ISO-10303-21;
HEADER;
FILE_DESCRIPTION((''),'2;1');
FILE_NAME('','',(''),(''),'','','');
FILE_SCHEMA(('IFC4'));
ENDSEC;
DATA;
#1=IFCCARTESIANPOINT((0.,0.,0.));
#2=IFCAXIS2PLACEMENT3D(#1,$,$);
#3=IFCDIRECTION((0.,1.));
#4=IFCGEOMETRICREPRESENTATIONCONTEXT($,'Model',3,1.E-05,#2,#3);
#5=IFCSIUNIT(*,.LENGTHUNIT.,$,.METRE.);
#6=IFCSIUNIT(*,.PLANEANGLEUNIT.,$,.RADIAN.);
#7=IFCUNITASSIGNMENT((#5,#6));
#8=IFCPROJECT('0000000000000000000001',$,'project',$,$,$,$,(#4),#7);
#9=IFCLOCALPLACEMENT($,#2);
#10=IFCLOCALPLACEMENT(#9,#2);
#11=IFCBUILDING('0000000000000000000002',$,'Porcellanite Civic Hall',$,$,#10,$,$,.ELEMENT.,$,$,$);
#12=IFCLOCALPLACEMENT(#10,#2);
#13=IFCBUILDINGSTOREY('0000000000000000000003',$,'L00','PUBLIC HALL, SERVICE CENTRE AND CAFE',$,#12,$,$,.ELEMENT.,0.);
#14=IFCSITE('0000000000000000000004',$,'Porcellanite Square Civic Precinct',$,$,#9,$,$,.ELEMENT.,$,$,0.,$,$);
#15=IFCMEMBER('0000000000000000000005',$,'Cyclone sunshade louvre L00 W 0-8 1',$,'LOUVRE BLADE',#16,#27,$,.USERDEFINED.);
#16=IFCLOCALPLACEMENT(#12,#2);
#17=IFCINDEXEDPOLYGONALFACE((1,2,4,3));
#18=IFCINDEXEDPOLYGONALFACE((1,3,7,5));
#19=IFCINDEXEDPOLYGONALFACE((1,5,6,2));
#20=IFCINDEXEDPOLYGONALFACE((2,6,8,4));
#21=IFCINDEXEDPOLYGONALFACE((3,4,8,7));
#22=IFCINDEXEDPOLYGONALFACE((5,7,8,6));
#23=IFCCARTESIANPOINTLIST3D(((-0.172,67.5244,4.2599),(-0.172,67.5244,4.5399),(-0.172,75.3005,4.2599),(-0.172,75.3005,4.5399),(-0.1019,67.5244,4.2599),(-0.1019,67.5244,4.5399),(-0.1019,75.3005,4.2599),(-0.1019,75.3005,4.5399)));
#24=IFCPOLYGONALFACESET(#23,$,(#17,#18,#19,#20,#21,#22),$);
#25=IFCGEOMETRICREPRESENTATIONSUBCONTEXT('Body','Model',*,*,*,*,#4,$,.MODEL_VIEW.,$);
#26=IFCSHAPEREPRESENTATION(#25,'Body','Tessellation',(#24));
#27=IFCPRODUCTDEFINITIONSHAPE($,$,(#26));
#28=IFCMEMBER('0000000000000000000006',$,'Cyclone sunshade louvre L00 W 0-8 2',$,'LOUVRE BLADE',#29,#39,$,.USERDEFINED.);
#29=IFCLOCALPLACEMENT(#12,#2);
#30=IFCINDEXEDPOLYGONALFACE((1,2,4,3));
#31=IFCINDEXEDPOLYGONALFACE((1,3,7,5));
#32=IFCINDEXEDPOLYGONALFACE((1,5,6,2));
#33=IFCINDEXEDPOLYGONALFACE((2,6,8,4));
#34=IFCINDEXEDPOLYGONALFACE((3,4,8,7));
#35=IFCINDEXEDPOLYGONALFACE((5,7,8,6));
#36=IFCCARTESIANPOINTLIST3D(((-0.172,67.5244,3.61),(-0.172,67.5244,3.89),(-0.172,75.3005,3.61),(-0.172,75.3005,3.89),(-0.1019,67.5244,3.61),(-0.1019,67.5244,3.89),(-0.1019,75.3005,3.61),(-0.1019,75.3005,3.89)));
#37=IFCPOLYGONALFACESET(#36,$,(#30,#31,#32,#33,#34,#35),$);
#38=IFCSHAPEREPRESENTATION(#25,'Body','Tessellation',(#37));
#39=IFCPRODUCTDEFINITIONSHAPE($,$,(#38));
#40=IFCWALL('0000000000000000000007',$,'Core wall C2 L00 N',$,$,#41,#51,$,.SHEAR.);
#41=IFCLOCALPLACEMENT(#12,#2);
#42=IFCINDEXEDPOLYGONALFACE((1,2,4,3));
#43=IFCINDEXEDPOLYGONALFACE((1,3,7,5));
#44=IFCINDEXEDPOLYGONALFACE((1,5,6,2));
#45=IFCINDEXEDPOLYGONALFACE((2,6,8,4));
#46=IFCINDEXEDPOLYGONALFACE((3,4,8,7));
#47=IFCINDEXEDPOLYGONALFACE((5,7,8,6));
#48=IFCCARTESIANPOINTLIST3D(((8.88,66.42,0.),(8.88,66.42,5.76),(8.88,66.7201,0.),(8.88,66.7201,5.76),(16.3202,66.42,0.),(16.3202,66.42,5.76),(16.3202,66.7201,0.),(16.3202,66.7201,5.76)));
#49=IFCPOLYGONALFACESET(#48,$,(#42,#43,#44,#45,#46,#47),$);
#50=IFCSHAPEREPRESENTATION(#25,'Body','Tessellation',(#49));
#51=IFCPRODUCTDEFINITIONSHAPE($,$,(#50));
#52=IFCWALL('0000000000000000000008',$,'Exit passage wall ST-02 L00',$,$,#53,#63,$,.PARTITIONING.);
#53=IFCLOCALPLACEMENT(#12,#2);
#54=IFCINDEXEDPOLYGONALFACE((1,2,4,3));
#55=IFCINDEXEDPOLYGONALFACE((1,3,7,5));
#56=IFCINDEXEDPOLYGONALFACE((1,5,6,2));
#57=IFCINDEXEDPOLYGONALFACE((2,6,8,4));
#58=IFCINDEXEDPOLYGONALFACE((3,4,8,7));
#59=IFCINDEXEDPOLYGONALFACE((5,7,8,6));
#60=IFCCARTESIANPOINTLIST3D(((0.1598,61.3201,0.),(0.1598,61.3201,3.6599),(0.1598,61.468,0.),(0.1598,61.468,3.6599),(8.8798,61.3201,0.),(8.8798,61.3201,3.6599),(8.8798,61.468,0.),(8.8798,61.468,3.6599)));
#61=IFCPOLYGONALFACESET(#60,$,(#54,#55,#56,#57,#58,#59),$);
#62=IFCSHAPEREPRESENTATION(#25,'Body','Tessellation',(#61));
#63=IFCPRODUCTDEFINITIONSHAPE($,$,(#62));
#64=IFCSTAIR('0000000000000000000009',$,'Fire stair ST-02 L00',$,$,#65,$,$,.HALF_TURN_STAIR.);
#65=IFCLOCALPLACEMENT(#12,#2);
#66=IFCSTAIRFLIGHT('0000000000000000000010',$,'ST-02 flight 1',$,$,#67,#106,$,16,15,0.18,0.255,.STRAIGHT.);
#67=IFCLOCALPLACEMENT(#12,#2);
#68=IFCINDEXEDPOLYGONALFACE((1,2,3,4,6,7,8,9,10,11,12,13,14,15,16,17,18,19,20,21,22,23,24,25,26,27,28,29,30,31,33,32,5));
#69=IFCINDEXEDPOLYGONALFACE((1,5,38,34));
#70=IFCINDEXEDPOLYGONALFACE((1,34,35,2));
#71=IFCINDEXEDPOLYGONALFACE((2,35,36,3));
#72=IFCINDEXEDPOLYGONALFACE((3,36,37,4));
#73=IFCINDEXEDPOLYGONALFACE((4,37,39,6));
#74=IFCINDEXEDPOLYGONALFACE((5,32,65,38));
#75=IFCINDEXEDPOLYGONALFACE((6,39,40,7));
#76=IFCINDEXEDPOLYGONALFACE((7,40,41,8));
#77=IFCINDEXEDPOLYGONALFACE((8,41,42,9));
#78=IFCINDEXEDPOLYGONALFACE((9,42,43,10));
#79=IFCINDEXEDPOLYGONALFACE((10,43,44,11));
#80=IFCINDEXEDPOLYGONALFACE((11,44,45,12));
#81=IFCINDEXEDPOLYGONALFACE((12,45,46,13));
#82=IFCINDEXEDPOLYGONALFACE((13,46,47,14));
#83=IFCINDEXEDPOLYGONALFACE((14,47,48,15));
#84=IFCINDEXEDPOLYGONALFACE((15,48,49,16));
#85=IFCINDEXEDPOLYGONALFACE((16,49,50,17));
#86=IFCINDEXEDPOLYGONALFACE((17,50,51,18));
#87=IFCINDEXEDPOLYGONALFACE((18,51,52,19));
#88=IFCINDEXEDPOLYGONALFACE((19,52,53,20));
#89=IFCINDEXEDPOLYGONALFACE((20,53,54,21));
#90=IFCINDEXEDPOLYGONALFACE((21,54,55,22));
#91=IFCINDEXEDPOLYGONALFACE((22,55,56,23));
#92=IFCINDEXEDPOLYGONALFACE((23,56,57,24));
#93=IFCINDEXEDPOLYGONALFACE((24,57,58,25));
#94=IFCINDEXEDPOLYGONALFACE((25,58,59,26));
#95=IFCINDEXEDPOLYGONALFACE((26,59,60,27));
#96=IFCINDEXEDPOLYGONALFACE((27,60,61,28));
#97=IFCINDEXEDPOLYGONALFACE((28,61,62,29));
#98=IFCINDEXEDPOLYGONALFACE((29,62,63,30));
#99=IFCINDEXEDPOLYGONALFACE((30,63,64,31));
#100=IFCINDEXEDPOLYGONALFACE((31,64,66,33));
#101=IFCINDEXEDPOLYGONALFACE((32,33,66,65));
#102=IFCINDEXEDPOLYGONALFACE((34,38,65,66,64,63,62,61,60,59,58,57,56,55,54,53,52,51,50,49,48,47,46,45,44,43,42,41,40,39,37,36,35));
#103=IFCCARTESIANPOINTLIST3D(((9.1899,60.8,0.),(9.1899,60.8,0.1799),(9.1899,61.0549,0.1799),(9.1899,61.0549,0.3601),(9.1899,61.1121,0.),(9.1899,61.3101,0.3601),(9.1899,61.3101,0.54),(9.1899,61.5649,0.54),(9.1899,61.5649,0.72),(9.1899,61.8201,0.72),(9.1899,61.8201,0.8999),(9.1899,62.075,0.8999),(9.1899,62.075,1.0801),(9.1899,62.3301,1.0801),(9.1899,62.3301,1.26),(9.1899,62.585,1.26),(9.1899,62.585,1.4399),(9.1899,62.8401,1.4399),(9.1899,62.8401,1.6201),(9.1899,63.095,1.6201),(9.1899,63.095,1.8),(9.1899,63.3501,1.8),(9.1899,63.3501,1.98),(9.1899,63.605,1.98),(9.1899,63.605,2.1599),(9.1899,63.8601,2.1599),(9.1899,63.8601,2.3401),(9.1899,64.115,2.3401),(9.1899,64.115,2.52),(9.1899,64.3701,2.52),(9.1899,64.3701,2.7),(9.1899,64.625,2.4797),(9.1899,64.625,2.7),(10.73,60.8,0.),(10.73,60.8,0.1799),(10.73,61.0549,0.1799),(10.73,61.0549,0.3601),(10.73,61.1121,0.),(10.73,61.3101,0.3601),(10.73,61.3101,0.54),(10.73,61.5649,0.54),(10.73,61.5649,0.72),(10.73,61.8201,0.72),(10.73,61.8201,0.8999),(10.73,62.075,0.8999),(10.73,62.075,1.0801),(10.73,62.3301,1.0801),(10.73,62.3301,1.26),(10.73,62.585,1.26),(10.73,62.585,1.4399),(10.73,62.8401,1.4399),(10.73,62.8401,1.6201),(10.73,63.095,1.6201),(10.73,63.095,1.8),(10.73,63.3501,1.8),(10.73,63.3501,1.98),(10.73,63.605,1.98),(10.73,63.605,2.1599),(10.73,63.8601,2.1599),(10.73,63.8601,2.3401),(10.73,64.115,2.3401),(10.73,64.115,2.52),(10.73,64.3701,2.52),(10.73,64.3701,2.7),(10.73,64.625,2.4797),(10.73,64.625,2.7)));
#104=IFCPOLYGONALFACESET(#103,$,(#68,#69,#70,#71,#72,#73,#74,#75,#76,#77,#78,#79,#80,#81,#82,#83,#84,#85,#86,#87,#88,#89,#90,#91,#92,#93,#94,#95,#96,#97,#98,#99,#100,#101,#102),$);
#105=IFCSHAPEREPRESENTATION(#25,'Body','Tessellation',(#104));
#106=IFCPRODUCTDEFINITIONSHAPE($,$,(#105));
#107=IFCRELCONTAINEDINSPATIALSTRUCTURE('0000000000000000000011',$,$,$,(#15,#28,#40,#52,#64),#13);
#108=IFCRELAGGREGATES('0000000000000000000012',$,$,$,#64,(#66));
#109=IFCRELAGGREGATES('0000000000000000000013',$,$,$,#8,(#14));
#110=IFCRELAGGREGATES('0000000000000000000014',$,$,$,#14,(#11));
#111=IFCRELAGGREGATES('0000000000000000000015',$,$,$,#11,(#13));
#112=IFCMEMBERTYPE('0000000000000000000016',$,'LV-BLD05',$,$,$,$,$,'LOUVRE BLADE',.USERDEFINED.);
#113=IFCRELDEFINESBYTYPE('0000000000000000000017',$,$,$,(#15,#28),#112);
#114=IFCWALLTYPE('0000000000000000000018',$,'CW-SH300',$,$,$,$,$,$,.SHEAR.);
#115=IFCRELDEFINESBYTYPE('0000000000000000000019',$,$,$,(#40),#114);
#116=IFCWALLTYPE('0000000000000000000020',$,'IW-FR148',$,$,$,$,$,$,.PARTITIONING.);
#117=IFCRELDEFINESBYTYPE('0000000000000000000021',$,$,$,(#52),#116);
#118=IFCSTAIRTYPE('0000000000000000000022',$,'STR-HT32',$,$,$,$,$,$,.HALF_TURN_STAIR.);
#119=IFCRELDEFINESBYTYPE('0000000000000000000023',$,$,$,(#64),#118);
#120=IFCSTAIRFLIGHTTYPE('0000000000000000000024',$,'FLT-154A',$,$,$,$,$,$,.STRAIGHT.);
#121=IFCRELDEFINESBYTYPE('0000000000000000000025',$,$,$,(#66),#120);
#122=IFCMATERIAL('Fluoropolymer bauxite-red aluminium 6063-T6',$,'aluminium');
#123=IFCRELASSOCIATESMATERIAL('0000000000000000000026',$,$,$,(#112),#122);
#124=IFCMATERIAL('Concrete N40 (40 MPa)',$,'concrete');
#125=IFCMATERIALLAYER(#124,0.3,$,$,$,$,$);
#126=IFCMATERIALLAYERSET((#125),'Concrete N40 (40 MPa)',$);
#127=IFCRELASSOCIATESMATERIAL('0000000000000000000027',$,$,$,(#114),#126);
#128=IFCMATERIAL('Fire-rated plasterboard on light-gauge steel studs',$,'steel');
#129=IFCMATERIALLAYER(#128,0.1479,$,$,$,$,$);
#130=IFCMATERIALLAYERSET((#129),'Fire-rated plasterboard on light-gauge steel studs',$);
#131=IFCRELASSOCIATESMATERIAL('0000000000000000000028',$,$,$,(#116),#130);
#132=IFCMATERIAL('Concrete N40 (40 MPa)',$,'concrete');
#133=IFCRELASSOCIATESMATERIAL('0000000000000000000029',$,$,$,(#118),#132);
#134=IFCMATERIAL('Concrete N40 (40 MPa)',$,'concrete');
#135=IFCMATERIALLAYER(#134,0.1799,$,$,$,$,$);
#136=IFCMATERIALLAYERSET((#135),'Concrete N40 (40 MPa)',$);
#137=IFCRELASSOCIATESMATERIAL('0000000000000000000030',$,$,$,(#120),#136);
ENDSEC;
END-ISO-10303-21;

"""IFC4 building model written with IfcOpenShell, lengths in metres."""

from ifc_helpers import new_model, si_unit, direction, frame, frame_2d, origin, origin_2d, place, context, subcontext, project, spatial, polyline, rectangle, outline, extrude, material, layer, layer_set, material_profile, profile_set, type_object, element, aggregate, save


model = new_model("IFC4")

# Units and contexts
model_context = context("Model", 3, precision=1e-05, world=origin(), true_north=direction((0.0, 1.0)))
body_context = subcontext(model_context, "Body", "Model", "MODEL_VIEW")
ifc_project = project(units=[si_unit("LENGTHUNIT", "METRE"), si_unit("PLANEANGLEUNIT", "RADIAN")], contexts=[model_context])

# Site, building, storey
site_placement = place(None, origin())
site = spatial("IfcSite", under=ifc_project, at=site_placement, Name="Porcellanite Square Civic Precinct", CompositionType="ELEMENT", RefElevation=0.0)
building_placement = place(site_placement, origin())
building = spatial("IfcBuilding", under=site, at=building_placement, Name="Porcellanite Civic Hall", CompositionType="ELEMENT")
storey_placement = place(building_placement, origin())
storey = spatial("IfcBuildingStorey", under=building, at=storey_placement, Name="L00", Description="PUBLIC HALL, SERVICE CENTRE AND CAFE", CompositionType="ELEMENT", Elevation=0.0)

# Members
ifc_material_1 = material(Name="Fluoropolymer bauxite-red aluminium 6063-T6", Category="aluminium")
ifc_material_profile_1 = material_profile(ifc_material_1, rectangle(XDim=0.0701, YDim=0.28, at=origin_2d()), Name="AL-70x280")
ifc_profile_set_1 = profile_set([ifc_material_profile_1], Name="Fluoropolymer bauxite-red aluminium 6063-T6")
member_type_1 = type_object("IfcMemberType", Name="LV-BLD05", ElementType="LOUVRE BLADE", PredefinedType="USERDEFINED", material=ifc_profile_set_1)
for number, where, z_axis, x_axis, name in (
    (1, (-0.137, 67.5244, 4.3999), (0.0, 1.0, 0.0), (-1.0, 0.0, 0.0), "Cyclone sunshade louvre L00 W 0-8 1"),
    (2, (-0.137, 67.5244, 3.75), (0.0, 1.0, 0.0), (-1.0, 0.0, 0.0), "Cyclone sunshade louvre L00 W 0-8 2"),
):
    element("IfcMember", number, at=place(storey_placement, frame(where, z_axis=z_axis, x_axis=x_axis)), inside=storey, type_object=member_type_1, Name=name, ObjectType="LOUVRE BLADE", PredefinedType="USERDEFINED", context=body_context, shape_type="SweptSolid", body=[
        extrude(rectangle(XDim=0.0701, YDim=0.28, at=origin_2d()), origin(), (0.0, 0.0, 1.0), 7.7761),
    ])

# Walls
ifc_material_2 = material(Name="Concrete N40 (40 MPa)", Category="concrete")
ifc_layer_1 = layer(ifc_material_2, 0.3)
ifc_layer_set_1 = layer_set([ifc_layer_1], Name="Concrete N40 (40 MPa)")
wall_type_1 = type_object("IfcWallType", Name="CW-SH300", PredefinedType="SHEAR", material=ifc_layer_set_1)
wall_1_placement = place(storey_placement, frame((8.8799, 66.5701, 0.0), z_axis=(0.0, 0.0, 1.0), x_axis=(1.0, 0.0, 0.0)))
element("IfcWall", 3, at=wall_1_placement, inside=storey, type_object=wall_type_1, Name="Core wall C2 L00 N", PredefinedType="SHEAR", context=body_context, shape_type="SweptSolid", body=[
    extrude(rectangle(XDim=7.4402, YDim=0.3, at=frame_2d((3.7202, 0.0))), origin(), (0.0, 0.0, 1.0), 5.76),
])
ifc_material_3 = material(Name="Fire-rated plasterboard on light-gauge steel studs", Category="steel")
ifc_layer_2 = layer(ifc_material_3, 0.1479)
ifc_layer_set_2 = layer_set([ifc_layer_2], Name="Fire-rated plasterboard on light-gauge steel studs")
wall_type_2 = type_object("IfcWallType", Name="IW-FR148", PredefinedType="PARTITIONING", material=ifc_layer_set_2)
wall_2_placement = place(storey_placement, frame((0.1599, 61.394, 0.0), z_axis=(0.0, 0.0, 1.0), x_axis=(1.0, 0.0, 0.0)))
element("IfcWall", 4, at=wall_2_placement, inside=storey, type_object=wall_type_2, Name="Exit passage wall ST-02 L00", PredefinedType="PARTITIONING", context=body_context, shape_type="SweptSolid", body=[
    extrude(rectangle(XDim=8.72, YDim=0.1479, at=frame_2d((4.3599, 0.0))), origin(), (0.0, 0.0, 1.0), 3.6599),
])

# Stair, stair flight
ifc_material_4 = material(Name="Concrete N40 (40 MPa)", Category="concrete")
stair_type = type_object("IfcStairType", Name="STR-HT32", PredefinedType="HALF_TURN_STAIR", material=ifc_material_4)
stair_placement = place(storey_placement, origin())
stair = element("IfcStair", 5, at=stair_placement, inside=storey, type_object=stair_type, Name="Fire stair ST-02 L00", PredefinedType="HALF_TURN_STAIR")
ifc_material_5 = material(Name="Concrete N40 (40 MPa)", Category="concrete")
ifc_layer_3 = layer(ifc_material_5, 0.1799)
ifc_layer_set_3 = layer_set([ifc_layer_3], Name="Concrete N40 (40 MPa)")
stair_flight_type = type_object("IfcStairFlightType", Name="FLT-154A", PredefinedType="STRAIGHT", material=ifc_layer_set_3)
stair_flight_placement = place(storey_placement, frame((9.96, 60.8, 0.0), z_axis=(0.0, 0.0, 1.0), x_axis=(0.0, 1.0, 0.0)))
stair_flight = element("IfcStairFlight", 6, at=stair_flight_placement, type_object=stair_flight_type, Name="ST-02 flight 1", NumberOfRisers=16, NumberOfTreads=15, PredefinedType="STRAIGHT", RiserHeight=0.18, TreadLength=0.255, context=body_context, shape_type="SweptSolid", body=[
    extrude(outline(polyline([(0.0, 0.0), (0.0, 0.1799), (0.2549, 0.1799), (0.2549, 0.3601), (0.51, 0.3601), (0.51, 0.54), (0.7649, 0.54), (0.7649, 0.72), (1.02, 0.72), (1.02, 0.8999), (1.2749, 0.8999), (1.2749, 1.0801), (1.53, 1.0801), (1.53, 1.26), (1.7849, 1.26), (1.7849, 1.4399), (2.04, 1.4399), (2.04, 1.6201), (2.2949, 1.6201), (2.2949, 1.8), (2.55, 1.8), (2.55, 1.98), (2.8049, 1.98), (2.8049, 2.1599), (3.0601, 2.1599), (3.0601, 2.3401), (3.3149, 2.3401), (3.3149, 2.52), (3.5701, 2.52), (3.5701, 2.7), (3.825, 2.7), (3.825, 2.8799), (3.825, 2.4797), (0.312, 0.0), (0.0, 0.0)])), frame((0.0, 0.77, 0.0), z_axis=(0.0, -1.0, 0.0), x_axis=(1.0, 0.0, 0.0)), (0.0, 0.0, 1.0), 1.54),
])
aggregate(stair, [stair_flight])

save(model, "model.ifc")
